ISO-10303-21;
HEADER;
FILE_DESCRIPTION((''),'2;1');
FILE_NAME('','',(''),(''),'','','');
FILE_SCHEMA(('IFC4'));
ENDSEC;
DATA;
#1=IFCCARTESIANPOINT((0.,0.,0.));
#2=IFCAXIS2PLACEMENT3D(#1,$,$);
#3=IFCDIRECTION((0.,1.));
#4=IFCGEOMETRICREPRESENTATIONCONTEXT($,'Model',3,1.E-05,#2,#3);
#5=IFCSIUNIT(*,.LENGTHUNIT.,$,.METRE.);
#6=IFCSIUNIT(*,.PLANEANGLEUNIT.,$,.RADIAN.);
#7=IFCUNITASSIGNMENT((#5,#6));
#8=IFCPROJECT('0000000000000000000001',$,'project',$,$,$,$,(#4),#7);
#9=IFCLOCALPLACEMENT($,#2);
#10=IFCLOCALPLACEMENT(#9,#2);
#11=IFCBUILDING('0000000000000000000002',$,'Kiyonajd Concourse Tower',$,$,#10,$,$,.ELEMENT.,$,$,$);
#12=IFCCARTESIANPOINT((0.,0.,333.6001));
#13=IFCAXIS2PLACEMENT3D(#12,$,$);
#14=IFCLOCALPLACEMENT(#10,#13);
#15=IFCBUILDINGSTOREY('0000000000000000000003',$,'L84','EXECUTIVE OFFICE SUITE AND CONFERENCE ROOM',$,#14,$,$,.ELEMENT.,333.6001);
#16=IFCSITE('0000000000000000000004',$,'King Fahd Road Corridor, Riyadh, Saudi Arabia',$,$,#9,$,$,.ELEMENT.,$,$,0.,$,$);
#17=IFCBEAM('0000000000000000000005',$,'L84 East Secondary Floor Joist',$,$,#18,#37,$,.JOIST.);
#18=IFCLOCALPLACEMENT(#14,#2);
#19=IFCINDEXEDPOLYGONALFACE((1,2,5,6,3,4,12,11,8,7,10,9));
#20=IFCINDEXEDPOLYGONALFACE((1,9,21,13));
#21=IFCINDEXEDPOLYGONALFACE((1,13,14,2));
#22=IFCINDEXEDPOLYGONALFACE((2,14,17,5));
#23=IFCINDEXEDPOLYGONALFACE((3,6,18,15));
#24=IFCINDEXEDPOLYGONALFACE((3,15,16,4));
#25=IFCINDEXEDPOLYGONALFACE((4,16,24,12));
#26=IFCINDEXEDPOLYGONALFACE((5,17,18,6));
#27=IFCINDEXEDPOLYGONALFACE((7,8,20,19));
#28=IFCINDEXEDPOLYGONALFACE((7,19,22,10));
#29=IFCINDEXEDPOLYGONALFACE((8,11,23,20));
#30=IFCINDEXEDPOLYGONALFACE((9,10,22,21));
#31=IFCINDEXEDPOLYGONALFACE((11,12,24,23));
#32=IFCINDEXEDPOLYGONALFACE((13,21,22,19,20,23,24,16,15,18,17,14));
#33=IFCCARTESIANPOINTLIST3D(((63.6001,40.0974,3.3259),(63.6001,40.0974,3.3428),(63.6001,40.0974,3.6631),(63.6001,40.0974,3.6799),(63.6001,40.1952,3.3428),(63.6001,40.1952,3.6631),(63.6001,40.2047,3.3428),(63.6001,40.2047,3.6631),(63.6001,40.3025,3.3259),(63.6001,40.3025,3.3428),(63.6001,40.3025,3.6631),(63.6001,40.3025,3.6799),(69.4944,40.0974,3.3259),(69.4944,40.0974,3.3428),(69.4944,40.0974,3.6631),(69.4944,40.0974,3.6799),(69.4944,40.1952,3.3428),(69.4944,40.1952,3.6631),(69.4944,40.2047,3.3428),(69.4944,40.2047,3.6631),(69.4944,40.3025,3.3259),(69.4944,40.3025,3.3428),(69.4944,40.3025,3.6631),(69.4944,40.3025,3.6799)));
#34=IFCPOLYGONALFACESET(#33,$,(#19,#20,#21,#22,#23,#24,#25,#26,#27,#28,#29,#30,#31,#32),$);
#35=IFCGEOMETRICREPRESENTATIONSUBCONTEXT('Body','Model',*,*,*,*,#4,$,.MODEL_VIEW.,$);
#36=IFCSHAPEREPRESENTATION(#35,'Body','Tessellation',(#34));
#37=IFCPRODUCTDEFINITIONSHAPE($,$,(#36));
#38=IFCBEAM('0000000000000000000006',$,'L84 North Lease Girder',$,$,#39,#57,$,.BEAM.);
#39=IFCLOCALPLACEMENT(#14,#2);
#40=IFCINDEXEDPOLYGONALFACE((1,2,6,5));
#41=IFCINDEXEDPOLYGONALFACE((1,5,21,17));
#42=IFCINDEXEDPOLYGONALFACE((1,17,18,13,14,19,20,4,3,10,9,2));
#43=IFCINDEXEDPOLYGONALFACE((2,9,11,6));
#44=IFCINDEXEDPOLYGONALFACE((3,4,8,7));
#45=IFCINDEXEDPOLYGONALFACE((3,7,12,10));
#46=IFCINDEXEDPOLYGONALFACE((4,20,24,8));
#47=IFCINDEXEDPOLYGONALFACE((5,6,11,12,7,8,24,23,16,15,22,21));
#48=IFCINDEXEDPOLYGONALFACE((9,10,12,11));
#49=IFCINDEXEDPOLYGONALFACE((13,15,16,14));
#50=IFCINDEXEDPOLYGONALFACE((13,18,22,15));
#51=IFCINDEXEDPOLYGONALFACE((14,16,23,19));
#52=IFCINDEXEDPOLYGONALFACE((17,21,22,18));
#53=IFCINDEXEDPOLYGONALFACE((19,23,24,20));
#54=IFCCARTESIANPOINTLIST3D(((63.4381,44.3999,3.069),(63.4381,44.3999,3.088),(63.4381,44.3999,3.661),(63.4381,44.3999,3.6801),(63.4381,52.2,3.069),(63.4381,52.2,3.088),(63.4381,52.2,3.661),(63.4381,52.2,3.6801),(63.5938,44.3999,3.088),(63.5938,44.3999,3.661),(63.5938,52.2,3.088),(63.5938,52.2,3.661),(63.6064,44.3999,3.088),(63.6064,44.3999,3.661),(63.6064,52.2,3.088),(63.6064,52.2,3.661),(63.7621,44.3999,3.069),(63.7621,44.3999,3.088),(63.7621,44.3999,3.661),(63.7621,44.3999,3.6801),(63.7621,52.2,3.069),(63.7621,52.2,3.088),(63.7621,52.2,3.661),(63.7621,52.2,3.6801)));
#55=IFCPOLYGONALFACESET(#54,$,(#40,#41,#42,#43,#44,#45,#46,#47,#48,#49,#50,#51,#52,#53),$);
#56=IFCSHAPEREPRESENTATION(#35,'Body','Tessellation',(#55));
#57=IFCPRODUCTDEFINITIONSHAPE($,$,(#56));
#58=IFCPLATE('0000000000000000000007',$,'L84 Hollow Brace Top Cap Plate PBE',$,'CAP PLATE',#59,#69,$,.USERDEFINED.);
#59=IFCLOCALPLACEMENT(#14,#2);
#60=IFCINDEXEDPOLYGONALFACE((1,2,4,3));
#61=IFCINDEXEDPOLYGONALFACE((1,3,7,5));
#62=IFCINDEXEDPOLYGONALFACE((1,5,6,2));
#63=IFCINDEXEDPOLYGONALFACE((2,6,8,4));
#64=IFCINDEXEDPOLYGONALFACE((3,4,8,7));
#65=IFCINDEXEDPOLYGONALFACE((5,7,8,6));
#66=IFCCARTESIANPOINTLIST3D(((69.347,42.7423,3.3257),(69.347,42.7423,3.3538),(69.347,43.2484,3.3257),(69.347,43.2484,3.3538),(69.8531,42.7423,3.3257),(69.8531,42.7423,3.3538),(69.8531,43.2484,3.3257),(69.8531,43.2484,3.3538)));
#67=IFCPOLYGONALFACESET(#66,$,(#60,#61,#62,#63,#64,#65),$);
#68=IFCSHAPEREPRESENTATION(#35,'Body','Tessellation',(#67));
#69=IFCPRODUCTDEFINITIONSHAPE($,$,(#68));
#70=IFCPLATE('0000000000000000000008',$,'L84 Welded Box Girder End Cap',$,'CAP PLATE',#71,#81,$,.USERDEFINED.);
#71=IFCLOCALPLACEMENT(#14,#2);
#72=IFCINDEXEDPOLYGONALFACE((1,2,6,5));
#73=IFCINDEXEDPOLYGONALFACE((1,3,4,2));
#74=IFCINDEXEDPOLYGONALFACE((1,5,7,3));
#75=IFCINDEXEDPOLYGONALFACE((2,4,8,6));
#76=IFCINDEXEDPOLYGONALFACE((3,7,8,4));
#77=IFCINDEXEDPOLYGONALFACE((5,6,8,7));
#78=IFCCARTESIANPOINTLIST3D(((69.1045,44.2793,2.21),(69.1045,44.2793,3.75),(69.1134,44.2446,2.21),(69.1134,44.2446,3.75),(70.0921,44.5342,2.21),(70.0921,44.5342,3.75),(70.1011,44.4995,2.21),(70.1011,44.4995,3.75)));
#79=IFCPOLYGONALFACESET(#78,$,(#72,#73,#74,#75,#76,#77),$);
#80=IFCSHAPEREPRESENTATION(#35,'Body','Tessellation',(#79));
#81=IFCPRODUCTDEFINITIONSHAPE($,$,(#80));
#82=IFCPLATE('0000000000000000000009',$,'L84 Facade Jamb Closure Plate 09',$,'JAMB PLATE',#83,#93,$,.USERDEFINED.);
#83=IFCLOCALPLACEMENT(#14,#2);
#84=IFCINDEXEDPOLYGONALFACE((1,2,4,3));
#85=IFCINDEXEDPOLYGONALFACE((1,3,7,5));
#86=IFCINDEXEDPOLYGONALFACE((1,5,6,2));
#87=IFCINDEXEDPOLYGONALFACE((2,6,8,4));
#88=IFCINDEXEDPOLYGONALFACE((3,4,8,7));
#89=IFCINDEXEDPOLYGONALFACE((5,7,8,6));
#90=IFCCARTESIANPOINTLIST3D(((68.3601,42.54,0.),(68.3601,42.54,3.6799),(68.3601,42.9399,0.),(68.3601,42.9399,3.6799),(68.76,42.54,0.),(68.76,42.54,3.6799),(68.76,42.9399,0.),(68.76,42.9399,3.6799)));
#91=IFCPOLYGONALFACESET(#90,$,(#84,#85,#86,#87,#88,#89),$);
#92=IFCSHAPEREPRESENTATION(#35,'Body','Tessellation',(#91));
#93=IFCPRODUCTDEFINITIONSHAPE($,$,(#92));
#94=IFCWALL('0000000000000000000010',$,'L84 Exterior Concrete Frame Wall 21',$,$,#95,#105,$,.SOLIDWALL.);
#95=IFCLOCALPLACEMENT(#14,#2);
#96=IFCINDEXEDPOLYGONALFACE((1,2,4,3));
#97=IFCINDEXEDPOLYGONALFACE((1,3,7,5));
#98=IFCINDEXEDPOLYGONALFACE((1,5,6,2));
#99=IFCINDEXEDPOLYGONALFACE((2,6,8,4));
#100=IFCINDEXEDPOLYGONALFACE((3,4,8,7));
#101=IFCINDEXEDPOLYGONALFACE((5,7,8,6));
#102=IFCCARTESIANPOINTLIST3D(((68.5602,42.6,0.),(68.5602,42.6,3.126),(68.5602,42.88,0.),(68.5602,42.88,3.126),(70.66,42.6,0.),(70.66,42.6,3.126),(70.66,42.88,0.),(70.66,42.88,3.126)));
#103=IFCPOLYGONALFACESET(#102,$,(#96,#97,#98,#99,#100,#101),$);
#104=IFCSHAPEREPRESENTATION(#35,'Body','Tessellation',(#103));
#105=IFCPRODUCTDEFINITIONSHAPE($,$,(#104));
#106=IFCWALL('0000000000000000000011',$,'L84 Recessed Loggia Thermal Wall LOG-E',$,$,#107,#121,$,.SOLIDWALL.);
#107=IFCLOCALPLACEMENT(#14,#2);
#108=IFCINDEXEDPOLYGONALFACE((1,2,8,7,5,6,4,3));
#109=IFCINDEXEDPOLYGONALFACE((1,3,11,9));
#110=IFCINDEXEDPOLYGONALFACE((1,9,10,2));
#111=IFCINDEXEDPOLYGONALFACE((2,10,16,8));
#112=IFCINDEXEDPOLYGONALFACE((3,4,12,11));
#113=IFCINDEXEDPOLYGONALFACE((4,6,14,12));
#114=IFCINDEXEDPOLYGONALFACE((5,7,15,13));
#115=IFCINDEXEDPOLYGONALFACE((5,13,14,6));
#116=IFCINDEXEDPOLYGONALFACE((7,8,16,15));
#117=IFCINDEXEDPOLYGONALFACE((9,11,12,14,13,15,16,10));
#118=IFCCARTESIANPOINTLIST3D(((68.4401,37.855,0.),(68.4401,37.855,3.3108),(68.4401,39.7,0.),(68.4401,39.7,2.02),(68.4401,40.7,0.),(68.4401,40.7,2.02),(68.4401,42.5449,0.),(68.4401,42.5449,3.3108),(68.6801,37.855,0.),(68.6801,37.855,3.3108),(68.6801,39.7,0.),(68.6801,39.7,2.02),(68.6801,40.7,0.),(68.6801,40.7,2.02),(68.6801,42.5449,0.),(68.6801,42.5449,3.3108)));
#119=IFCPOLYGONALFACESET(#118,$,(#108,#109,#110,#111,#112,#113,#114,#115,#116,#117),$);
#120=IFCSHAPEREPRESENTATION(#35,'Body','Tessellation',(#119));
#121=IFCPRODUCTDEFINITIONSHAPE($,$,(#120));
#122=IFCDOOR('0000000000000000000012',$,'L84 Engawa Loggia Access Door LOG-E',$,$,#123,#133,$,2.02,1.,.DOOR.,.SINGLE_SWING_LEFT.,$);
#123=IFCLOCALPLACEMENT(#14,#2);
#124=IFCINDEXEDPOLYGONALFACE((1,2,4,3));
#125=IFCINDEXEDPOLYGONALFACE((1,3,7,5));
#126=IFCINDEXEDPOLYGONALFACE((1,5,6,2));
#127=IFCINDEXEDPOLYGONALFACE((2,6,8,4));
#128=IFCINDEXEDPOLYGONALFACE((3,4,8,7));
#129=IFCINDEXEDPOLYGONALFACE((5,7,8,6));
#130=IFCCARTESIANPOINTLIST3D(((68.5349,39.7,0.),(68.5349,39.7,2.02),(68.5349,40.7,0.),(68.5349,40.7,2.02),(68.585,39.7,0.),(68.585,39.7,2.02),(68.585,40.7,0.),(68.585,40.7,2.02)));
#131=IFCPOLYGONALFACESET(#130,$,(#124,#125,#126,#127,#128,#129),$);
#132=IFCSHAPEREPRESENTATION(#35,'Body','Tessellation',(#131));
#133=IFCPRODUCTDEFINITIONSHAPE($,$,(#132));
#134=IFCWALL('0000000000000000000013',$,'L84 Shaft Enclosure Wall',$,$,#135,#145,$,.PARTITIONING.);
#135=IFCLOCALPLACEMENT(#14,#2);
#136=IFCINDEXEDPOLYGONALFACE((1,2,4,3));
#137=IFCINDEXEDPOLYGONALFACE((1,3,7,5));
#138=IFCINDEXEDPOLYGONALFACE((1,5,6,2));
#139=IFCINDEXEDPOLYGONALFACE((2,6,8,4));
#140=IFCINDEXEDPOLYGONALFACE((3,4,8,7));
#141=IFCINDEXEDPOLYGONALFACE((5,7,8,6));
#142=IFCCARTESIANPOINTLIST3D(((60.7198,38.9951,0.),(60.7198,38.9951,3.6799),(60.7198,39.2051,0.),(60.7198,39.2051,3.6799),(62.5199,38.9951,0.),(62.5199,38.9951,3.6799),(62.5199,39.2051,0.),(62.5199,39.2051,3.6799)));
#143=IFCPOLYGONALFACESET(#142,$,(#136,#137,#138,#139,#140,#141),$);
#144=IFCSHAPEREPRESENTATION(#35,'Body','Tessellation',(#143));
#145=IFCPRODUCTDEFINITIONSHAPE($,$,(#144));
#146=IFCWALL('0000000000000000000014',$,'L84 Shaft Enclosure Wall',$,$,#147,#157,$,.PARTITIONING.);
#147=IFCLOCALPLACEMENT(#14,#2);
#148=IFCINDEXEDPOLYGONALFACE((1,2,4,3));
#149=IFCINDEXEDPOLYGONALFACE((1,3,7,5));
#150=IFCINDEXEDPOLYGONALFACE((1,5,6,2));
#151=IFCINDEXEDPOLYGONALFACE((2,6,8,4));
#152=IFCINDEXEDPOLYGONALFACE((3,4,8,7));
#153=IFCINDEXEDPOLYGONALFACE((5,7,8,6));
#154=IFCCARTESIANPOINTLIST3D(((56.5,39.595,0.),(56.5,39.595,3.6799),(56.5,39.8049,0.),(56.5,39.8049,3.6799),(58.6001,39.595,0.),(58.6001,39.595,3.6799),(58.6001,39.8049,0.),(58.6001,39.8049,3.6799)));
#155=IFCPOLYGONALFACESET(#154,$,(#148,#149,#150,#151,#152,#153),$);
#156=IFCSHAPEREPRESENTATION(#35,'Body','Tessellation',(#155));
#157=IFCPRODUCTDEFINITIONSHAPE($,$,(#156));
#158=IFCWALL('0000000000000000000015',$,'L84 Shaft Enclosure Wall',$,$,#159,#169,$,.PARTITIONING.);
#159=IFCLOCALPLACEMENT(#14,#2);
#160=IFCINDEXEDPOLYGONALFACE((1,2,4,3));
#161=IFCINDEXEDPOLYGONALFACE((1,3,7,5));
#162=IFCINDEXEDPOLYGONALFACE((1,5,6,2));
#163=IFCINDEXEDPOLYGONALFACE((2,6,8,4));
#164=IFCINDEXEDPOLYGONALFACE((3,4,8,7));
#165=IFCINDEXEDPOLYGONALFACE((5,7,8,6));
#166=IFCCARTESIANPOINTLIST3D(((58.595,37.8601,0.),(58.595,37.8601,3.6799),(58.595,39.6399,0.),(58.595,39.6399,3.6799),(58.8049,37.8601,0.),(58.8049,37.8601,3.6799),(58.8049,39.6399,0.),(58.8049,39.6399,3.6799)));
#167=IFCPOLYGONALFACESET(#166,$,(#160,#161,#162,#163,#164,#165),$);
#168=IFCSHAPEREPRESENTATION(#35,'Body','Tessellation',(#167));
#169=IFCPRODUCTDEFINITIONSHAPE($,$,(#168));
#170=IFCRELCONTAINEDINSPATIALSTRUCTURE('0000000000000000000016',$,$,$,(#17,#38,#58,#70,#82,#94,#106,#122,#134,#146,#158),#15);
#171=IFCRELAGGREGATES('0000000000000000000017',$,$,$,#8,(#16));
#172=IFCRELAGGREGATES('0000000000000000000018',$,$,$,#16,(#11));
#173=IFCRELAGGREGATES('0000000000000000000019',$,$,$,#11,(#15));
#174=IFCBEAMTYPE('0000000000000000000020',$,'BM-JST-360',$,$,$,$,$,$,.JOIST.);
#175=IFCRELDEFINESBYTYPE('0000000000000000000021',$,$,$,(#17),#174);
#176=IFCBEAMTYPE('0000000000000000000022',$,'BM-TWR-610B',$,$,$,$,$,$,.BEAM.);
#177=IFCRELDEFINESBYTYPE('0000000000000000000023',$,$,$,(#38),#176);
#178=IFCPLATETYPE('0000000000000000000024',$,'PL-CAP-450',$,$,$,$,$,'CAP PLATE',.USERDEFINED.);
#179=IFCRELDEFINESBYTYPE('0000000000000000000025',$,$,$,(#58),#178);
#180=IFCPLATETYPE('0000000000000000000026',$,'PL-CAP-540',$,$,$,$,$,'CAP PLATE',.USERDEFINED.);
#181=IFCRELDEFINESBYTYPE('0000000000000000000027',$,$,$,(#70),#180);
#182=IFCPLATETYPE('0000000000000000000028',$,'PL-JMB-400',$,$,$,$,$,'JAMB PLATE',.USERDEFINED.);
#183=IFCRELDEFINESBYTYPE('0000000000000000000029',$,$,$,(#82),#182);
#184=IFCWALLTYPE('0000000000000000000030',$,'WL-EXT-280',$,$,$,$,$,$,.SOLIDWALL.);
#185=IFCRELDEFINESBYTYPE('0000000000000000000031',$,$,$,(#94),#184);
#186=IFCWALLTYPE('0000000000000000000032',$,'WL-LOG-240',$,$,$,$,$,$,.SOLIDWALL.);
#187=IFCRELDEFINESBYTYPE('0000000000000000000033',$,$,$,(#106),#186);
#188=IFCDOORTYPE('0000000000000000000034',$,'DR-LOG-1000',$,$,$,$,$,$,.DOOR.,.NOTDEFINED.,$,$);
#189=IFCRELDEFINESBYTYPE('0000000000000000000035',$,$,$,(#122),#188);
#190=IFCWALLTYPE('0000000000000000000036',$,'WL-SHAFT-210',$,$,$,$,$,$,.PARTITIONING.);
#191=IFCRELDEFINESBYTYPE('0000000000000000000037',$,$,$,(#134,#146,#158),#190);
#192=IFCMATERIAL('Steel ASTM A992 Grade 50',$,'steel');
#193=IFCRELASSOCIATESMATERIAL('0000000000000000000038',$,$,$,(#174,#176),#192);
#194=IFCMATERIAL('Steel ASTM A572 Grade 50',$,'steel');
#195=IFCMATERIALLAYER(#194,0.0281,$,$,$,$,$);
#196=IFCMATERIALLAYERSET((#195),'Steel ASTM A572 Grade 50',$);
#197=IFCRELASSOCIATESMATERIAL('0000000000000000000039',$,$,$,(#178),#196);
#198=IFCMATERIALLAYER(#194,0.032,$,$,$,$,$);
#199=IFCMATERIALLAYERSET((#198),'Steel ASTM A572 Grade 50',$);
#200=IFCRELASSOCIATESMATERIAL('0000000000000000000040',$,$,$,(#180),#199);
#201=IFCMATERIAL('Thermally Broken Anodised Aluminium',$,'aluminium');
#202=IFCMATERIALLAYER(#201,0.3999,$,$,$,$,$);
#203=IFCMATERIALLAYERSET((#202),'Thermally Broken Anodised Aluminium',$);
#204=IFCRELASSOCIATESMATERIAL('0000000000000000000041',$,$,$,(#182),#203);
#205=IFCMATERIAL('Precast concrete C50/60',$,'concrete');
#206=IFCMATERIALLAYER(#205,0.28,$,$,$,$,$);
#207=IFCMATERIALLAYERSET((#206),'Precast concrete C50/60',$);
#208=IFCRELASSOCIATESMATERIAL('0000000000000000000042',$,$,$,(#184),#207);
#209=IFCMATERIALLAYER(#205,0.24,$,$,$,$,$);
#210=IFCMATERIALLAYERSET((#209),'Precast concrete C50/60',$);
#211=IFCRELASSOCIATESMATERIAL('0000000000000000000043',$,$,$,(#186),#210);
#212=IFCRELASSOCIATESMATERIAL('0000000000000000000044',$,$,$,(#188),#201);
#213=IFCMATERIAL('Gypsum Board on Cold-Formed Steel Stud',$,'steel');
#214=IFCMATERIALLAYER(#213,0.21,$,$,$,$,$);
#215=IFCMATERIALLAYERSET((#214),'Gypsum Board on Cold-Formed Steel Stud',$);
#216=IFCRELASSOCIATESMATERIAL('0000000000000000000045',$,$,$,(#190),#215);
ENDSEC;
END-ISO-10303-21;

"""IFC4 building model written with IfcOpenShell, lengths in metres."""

from ifc_helpers import new_model, si_unit, direction, frame, frame_2d, origin, origin_2d, place, context, subcontext, project, spatial, rectangle, i_section, extrude, material, layer, layer_set, material_profile, profile_set, type_object, element, fill, save


model = new_model("IFC4")

# Units and contexts
model_context = context("Model", 3, precision=1e-05, world=origin(), true_north=direction((0.0, 1.0)))
body_context = subcontext(model_context, "Body", "Model", "MODEL_VIEW")
ifc_project = project(units=[si_unit("LENGTHUNIT", "METRE"), si_unit("PLANEANGLEUNIT", "RADIAN")], contexts=[model_context])

# Site, building, storey
site_placement = place(None, origin())
site = spatial("IfcSite", under=ifc_project, at=site_placement, Name="King Fahd Road Corridor, Riyadh, Saudi Arabia", CompositionType="ELEMENT", RefElevation=0.0)
building_placement = place(site_placement, origin())
building = spatial("IfcBuilding", under=site, at=building_placement, Name="Kiyonajd Concourse Tower", CompositionType="ELEMENT")
storey_placement = place(building_placement, frame((0.0, 0.0, 333.6001)))
storey = spatial("IfcBuildingStorey", under=building, at=storey_placement, Name="L84", Description="EXECUTIVE OFFICE SUITE AND CONFERENCE ROOM", CompositionType="ELEMENT", Elevation=333.6001)

# Beams
ifc_material_1 = material(Name="Steel ASTM A992 Grade 50", Category="steel")
ifc_material_profile_1 = material_profile(ifc_material_1, i_section(OverallWidth=0.2051, OverallDepth=0.354, WebThickness=0.0095, FlangeThickness=0.0168, at=origin_2d()), Name="W360X79")
ifc_profile_set_1 = profile_set([ifc_material_profile_1], Name="Steel ASTM A992 Grade 50")
beam_type_1 = type_object("IfcBeamType", Name="BM-JST-360", PredefinedType="JOIST", material=ifc_profile_set_1)
beam_1_placement = place(storey_placement, frame((63.6001, 40.2, 3.5029), z_axis=(1.0, 0.0, 0.0), x_axis=(0.0, 1.0, 0.0)))
element("IfcBeam", 1, at=beam_1_placement, inside=storey, type_object=beam_type_1, Name="L84 East Secondary Floor Joist", PredefinedType="JOIST", context=body_context, shape_type="SweptSolid", body=[
    extrude(i_section(OverallWidth=0.2051, OverallDepth=0.354, WebThickness=0.0095, FlangeThickness=0.0168, at=origin_2d()), origin(), (0.0, 0.0, 1.0), 5.8943),
])
ifc_material_profile_2 = material_profile(ifc_material_1, i_section(OverallWidth=0.324, OverallDepth=0.6111, WebThickness=0.0127, FlangeThickness=0.019, at=origin_2d()), Name="W610X155")
ifc_profile_set_2 = profile_set([ifc_material_profile_2], Name="Steel ASTM A992 Grade 50")
beam_type_2 = type_object("IfcBeamType", Name="BM-TWR-610B", PredefinedType="BEAM", material=ifc_profile_set_2)
beam_2_placement = place(storey_placement, frame((63.6001, 44.3999, 3.3745), z_axis=(0.0, 1.0, 0.0), x_axis=(-1.0, 0.0, 0.0)))
element("IfcBeam", 2, at=beam_2_placement, inside=storey, type_object=beam_type_2, Name="L84 North Lease Girder", PredefinedType="BEAM", context=body_context, shape_type="SweptSolid", body=[
    extrude(i_section(OverallWidth=0.324, OverallDepth=0.6111, WebThickness=0.0127, FlangeThickness=0.019, at=origin_2d()), origin(), (0.0, 0.0, 1.0), 7.8),
])

# Plates
ifc_material_2 = material(Name="Steel ASTM A572 Grade 50", Category="steel")
ifc_layer_1 = layer(ifc_material_2, 0.0281)
ifc_layer_set_1 = layer_set([ifc_layer_1], Name="Steel ASTM A572 Grade 50")
plate_type_1 = type_object("IfcPlateType", Name="PL-CAP-450", ElementType="CAP PLATE", PredefinedType="USERDEFINED", material=ifc_layer_set_1)
plate_1_placement = place(storey_placement, frame((69.6001, 42.9954, 3.3257), z_axis=(0.0, 0.0, 1.0), x_axis=(1.0, 0.0, 0.0)))
element("IfcPlate", 3, at=plate_1_placement, inside=storey, type_object=plate_type_1, Name="L84 Hollow Brace Top Cap Plate PBE", ObjectType="CAP PLATE", PredefinedType="USERDEFINED", context=body_context, shape_type="SweptSolid", body=[
    extrude(rectangle(XDim=0.5061, YDim=0.5061, at=origin_2d()), origin(), (0.0, 0.0, 1.0), 0.0281),
])
ifc_layer_2 = layer(ifc_material_2, 0.032)
ifc_layer_set_2 = layer_set([ifc_layer_2], Name="Steel ASTM A572 Grade 50")
plate_type_2 = type_object("IfcPlateType", Name="PL-CAP-540", ElementType="CAP PLATE", PredefinedType="USERDEFINED", material=ifc_layer_set_2)
plate_2_placement = place(storey_placement, frame((69.6028, 44.3894, 2.21), z_axis=(0.0, 0.0, 1.0), x_axis=(0.249873, -0.968279, 0.0)))
element("IfcPlate", 4, at=plate_2_placement, inside=storey, type_object=plate_type_2, Name="L84 Welded Box Girder End Cap", ObjectType="CAP PLATE", PredefinedType="USERDEFINED", context=body_context, shape_type="SweptSolid", body=[
    extrude(rectangle(XDim=0.0359, YDim=1.02, at=origin_2d()), origin(), (0.0, 0.0, 1.0), 1.54),
])
ifc_material_3 = material(Name="Thermally Broken Anodised Aluminium", Category="aluminium")
ifc_layer_3 = layer(ifc_material_3, 0.3999)
ifc_layer_set_3 = layer_set([ifc_layer_3], Name="Thermally Broken Anodised Aluminium")
plate_type_3 = type_object("IfcPlateType", Name="PL-JMB-400", ElementType="JAMB PLATE", PredefinedType="USERDEFINED", material=ifc_layer_set_3)
plate_3_placement = place(storey_placement, frame((68.5601, 42.74, 0.0), z_axis=(0.0, 0.0, 1.0), x_axis=(1.0, 0.0, 0.0)))
element("IfcPlate", 5, at=plate_3_placement, inside=storey, type_object=plate_type_3, Name="L84 Facade Jamb Closure Plate 09", ObjectType="JAMB PLATE", PredefinedType="USERDEFINED", context=body_context, shape_type="SweptSolid", body=[
    extrude(rectangle(XDim=0.3999, YDim=0.3999, at=origin_2d()), origin(), (0.0, 0.0, 1.0), 3.6799),
])

# Wall
ifc_material_4 = material(Name="Precast concrete C50/60", Category="concrete")
ifc_layer_4 = layer(ifc_material_4, 0.28)
ifc_layer_set_4 = layer_set([ifc_layer_4], Name="Precast concrete C50/60")
wall_type_1 = type_object("IfcWallType", Name="WL-EXT-280", PredefinedType="SOLIDWALL", material=ifc_layer_set_4)
wall_1_placement = place(storey_placement, frame((70.6599, 42.74, 0.0), z_axis=(0.0, 0.0, 1.0), x_axis=(-1.0, 0.0, 0.0)))
element("IfcWall", 6, at=wall_1_placement, inside=storey, type_object=wall_type_1, Name="L84 Exterior Concrete Frame Wall 21", PredefinedType="SOLIDWALL", context=body_context, shape_type="SweptSolid", body=[
    extrude(rectangle(XDim=2.0999, YDim=0.28, at=frame_2d((1.0498, 0.0))), origin(), (0.0, 0.0, 1.0), 3.126),
])

# Wall, opening, door
ifc_layer_5 = layer(ifc_material_4, 0.24)
ifc_layer_set_5 = layer_set([ifc_layer_5], Name="Precast concrete C50/60")
wall_type_2 = type_object("IfcWallType", Name="WL-LOG-240", PredefinedType="SOLIDWALL", material=ifc_layer_set_5)
wall_2_placement = place(storey_placement, frame((68.5601, 42.5449, 0.0), z_axis=(0.0, 0.0, 1.0), x_axis=(0.0, -1.0, 0.0)))
wall_2 = element("IfcWall", 7, at=wall_2_placement, inside=storey, type_object=wall_type_2, Name="L84 Recessed Loggia Thermal Wall LOG-E", PredefinedType="SOLIDWALL", context=body_context, shape_type="SweptSolid", body=[
    extrude(rectangle(XDim=4.6899, YDim=0.24, at=frame_2d((2.345, 0.0))), origin(), (0.0, 0.0, 1.0), 3.3108),
])
opening_1_placement = place(wall_2_placement, frame((1.845, 0.0, 0.0)))
opening_1 = element("IfcOpeningElement", 8, at=opening_1_placement, cuts=wall_2, PredefinedType="OPENING", context=body_context, shape_type="SweptSolid", body=[
    extrude(rectangle(XDim=1.0, YDim=2.02, at=frame_2d((0.5, 1.01))), frame((0.0, 0.1299, 0.0), z_axis=(0.0, -1.0, 0.0), x_axis=(1.0, 0.0, 0.0)), (0.0, 0.0, 1.0), 0.26),
])
door_type_1 = type_object("IfcDoorType", Name="DR-LOG-1000", OperationType="NOTDEFINED", PredefinedType="DOOR", material=ifc_material_3)
door_1_placement = place(opening_1_placement, origin())
door_1 = element("IfcDoor", 9, at=door_1_placement, inside=storey, type_object=door_type_1, Name="L84 Engawa Loggia Access Door LOG-E", OperationType="SINGLE_SWING_LEFT", OverallHeight=2.02, OverallWidth=1.0, PredefinedType="DOOR", context=body_context, shape_type="SweptSolid", body=[
    extrude(rectangle(XDim=1.0, YDim=2.02, at=frame_2d((0.5, 1.01))), frame((0.0, 0.0249, 0.0), z_axis=(0.0, -1.0, 0.0), x_axis=(1.0, 0.0, 0.0)), (0.0, 0.0, 1.0), 0.05),
])
fill(opening_1, door_1)

# Walls
ifc_material_5 = material(Name="Gypsum Board on Cold-Formed Steel Stud", Category="steel")
ifc_layer_6 = layer(ifc_material_5, 0.21)
ifc_layer_set_6 = layer_set([ifc_layer_6], Name="Gypsum Board on Cold-Formed Steel Stud")
wall_type_3 = type_object("IfcWallType", Name="WL-SHAFT-210", PredefinedType="PARTITIONING", material=ifc_layer_set_6)
wall_3_placement = place(storey_placement, frame((60.72, 39.1001, 0.0), z_axis=(0.0, 0.0, 1.0), x_axis=(1.0, 0.0, 0.0)))
element("IfcWall", 10, at=wall_3_placement, inside=storey, type_object=wall_type_3, Name="L84 Shaft Enclosure Wall", PredefinedType="PARTITIONING", context=body_context, shape_type="SweptSolid", body=[
    extrude(rectangle(XDim=1.8, YDim=0.21, at=frame_2d((0.8999, 0.0))), origin(), (0.0, 0.0, 1.0), 3.6799),
])
wall_4_placement = place(storey_placement, frame((56.5, 39.7, 0.0), z_axis=(0.0, 0.0, 1.0), x_axis=(1.0, 0.0, 0.0)))
element("IfcWall", 11, at=wall_4_placement, inside=storey, type_object=wall_type_3, Name="L84 Shaft Enclosure Wall", PredefinedType="PARTITIONING", context=body_context, shape_type="SweptSolid", body=[
    extrude(rectangle(XDim=2.1001, YDim=0.21, at=frame_2d((1.05, 0.0))), origin(), (0.0, 0.0, 1.0), 3.6799),
])
wall_5_placement = place(storey_placement, frame((58.7, 37.8601, 0.0), z_axis=(0.0, 0.0, 1.0), x_axis=(0.0, 1.0, 0.0)))
element("IfcWall", 12, at=wall_5_placement, inside=storey, type_object=wall_type_3, Name="L84 Shaft Enclosure Wall", PredefinedType="PARTITIONING", context=body_context, shape_type="SweptSolid", body=[
    extrude(rectangle(XDim=1.7798, YDim=0.21, at=frame_2d((0.8899, 0.0))), origin(), (0.0, 0.0, 1.0), 3.6799),
])

save(model, "model.ifc")
